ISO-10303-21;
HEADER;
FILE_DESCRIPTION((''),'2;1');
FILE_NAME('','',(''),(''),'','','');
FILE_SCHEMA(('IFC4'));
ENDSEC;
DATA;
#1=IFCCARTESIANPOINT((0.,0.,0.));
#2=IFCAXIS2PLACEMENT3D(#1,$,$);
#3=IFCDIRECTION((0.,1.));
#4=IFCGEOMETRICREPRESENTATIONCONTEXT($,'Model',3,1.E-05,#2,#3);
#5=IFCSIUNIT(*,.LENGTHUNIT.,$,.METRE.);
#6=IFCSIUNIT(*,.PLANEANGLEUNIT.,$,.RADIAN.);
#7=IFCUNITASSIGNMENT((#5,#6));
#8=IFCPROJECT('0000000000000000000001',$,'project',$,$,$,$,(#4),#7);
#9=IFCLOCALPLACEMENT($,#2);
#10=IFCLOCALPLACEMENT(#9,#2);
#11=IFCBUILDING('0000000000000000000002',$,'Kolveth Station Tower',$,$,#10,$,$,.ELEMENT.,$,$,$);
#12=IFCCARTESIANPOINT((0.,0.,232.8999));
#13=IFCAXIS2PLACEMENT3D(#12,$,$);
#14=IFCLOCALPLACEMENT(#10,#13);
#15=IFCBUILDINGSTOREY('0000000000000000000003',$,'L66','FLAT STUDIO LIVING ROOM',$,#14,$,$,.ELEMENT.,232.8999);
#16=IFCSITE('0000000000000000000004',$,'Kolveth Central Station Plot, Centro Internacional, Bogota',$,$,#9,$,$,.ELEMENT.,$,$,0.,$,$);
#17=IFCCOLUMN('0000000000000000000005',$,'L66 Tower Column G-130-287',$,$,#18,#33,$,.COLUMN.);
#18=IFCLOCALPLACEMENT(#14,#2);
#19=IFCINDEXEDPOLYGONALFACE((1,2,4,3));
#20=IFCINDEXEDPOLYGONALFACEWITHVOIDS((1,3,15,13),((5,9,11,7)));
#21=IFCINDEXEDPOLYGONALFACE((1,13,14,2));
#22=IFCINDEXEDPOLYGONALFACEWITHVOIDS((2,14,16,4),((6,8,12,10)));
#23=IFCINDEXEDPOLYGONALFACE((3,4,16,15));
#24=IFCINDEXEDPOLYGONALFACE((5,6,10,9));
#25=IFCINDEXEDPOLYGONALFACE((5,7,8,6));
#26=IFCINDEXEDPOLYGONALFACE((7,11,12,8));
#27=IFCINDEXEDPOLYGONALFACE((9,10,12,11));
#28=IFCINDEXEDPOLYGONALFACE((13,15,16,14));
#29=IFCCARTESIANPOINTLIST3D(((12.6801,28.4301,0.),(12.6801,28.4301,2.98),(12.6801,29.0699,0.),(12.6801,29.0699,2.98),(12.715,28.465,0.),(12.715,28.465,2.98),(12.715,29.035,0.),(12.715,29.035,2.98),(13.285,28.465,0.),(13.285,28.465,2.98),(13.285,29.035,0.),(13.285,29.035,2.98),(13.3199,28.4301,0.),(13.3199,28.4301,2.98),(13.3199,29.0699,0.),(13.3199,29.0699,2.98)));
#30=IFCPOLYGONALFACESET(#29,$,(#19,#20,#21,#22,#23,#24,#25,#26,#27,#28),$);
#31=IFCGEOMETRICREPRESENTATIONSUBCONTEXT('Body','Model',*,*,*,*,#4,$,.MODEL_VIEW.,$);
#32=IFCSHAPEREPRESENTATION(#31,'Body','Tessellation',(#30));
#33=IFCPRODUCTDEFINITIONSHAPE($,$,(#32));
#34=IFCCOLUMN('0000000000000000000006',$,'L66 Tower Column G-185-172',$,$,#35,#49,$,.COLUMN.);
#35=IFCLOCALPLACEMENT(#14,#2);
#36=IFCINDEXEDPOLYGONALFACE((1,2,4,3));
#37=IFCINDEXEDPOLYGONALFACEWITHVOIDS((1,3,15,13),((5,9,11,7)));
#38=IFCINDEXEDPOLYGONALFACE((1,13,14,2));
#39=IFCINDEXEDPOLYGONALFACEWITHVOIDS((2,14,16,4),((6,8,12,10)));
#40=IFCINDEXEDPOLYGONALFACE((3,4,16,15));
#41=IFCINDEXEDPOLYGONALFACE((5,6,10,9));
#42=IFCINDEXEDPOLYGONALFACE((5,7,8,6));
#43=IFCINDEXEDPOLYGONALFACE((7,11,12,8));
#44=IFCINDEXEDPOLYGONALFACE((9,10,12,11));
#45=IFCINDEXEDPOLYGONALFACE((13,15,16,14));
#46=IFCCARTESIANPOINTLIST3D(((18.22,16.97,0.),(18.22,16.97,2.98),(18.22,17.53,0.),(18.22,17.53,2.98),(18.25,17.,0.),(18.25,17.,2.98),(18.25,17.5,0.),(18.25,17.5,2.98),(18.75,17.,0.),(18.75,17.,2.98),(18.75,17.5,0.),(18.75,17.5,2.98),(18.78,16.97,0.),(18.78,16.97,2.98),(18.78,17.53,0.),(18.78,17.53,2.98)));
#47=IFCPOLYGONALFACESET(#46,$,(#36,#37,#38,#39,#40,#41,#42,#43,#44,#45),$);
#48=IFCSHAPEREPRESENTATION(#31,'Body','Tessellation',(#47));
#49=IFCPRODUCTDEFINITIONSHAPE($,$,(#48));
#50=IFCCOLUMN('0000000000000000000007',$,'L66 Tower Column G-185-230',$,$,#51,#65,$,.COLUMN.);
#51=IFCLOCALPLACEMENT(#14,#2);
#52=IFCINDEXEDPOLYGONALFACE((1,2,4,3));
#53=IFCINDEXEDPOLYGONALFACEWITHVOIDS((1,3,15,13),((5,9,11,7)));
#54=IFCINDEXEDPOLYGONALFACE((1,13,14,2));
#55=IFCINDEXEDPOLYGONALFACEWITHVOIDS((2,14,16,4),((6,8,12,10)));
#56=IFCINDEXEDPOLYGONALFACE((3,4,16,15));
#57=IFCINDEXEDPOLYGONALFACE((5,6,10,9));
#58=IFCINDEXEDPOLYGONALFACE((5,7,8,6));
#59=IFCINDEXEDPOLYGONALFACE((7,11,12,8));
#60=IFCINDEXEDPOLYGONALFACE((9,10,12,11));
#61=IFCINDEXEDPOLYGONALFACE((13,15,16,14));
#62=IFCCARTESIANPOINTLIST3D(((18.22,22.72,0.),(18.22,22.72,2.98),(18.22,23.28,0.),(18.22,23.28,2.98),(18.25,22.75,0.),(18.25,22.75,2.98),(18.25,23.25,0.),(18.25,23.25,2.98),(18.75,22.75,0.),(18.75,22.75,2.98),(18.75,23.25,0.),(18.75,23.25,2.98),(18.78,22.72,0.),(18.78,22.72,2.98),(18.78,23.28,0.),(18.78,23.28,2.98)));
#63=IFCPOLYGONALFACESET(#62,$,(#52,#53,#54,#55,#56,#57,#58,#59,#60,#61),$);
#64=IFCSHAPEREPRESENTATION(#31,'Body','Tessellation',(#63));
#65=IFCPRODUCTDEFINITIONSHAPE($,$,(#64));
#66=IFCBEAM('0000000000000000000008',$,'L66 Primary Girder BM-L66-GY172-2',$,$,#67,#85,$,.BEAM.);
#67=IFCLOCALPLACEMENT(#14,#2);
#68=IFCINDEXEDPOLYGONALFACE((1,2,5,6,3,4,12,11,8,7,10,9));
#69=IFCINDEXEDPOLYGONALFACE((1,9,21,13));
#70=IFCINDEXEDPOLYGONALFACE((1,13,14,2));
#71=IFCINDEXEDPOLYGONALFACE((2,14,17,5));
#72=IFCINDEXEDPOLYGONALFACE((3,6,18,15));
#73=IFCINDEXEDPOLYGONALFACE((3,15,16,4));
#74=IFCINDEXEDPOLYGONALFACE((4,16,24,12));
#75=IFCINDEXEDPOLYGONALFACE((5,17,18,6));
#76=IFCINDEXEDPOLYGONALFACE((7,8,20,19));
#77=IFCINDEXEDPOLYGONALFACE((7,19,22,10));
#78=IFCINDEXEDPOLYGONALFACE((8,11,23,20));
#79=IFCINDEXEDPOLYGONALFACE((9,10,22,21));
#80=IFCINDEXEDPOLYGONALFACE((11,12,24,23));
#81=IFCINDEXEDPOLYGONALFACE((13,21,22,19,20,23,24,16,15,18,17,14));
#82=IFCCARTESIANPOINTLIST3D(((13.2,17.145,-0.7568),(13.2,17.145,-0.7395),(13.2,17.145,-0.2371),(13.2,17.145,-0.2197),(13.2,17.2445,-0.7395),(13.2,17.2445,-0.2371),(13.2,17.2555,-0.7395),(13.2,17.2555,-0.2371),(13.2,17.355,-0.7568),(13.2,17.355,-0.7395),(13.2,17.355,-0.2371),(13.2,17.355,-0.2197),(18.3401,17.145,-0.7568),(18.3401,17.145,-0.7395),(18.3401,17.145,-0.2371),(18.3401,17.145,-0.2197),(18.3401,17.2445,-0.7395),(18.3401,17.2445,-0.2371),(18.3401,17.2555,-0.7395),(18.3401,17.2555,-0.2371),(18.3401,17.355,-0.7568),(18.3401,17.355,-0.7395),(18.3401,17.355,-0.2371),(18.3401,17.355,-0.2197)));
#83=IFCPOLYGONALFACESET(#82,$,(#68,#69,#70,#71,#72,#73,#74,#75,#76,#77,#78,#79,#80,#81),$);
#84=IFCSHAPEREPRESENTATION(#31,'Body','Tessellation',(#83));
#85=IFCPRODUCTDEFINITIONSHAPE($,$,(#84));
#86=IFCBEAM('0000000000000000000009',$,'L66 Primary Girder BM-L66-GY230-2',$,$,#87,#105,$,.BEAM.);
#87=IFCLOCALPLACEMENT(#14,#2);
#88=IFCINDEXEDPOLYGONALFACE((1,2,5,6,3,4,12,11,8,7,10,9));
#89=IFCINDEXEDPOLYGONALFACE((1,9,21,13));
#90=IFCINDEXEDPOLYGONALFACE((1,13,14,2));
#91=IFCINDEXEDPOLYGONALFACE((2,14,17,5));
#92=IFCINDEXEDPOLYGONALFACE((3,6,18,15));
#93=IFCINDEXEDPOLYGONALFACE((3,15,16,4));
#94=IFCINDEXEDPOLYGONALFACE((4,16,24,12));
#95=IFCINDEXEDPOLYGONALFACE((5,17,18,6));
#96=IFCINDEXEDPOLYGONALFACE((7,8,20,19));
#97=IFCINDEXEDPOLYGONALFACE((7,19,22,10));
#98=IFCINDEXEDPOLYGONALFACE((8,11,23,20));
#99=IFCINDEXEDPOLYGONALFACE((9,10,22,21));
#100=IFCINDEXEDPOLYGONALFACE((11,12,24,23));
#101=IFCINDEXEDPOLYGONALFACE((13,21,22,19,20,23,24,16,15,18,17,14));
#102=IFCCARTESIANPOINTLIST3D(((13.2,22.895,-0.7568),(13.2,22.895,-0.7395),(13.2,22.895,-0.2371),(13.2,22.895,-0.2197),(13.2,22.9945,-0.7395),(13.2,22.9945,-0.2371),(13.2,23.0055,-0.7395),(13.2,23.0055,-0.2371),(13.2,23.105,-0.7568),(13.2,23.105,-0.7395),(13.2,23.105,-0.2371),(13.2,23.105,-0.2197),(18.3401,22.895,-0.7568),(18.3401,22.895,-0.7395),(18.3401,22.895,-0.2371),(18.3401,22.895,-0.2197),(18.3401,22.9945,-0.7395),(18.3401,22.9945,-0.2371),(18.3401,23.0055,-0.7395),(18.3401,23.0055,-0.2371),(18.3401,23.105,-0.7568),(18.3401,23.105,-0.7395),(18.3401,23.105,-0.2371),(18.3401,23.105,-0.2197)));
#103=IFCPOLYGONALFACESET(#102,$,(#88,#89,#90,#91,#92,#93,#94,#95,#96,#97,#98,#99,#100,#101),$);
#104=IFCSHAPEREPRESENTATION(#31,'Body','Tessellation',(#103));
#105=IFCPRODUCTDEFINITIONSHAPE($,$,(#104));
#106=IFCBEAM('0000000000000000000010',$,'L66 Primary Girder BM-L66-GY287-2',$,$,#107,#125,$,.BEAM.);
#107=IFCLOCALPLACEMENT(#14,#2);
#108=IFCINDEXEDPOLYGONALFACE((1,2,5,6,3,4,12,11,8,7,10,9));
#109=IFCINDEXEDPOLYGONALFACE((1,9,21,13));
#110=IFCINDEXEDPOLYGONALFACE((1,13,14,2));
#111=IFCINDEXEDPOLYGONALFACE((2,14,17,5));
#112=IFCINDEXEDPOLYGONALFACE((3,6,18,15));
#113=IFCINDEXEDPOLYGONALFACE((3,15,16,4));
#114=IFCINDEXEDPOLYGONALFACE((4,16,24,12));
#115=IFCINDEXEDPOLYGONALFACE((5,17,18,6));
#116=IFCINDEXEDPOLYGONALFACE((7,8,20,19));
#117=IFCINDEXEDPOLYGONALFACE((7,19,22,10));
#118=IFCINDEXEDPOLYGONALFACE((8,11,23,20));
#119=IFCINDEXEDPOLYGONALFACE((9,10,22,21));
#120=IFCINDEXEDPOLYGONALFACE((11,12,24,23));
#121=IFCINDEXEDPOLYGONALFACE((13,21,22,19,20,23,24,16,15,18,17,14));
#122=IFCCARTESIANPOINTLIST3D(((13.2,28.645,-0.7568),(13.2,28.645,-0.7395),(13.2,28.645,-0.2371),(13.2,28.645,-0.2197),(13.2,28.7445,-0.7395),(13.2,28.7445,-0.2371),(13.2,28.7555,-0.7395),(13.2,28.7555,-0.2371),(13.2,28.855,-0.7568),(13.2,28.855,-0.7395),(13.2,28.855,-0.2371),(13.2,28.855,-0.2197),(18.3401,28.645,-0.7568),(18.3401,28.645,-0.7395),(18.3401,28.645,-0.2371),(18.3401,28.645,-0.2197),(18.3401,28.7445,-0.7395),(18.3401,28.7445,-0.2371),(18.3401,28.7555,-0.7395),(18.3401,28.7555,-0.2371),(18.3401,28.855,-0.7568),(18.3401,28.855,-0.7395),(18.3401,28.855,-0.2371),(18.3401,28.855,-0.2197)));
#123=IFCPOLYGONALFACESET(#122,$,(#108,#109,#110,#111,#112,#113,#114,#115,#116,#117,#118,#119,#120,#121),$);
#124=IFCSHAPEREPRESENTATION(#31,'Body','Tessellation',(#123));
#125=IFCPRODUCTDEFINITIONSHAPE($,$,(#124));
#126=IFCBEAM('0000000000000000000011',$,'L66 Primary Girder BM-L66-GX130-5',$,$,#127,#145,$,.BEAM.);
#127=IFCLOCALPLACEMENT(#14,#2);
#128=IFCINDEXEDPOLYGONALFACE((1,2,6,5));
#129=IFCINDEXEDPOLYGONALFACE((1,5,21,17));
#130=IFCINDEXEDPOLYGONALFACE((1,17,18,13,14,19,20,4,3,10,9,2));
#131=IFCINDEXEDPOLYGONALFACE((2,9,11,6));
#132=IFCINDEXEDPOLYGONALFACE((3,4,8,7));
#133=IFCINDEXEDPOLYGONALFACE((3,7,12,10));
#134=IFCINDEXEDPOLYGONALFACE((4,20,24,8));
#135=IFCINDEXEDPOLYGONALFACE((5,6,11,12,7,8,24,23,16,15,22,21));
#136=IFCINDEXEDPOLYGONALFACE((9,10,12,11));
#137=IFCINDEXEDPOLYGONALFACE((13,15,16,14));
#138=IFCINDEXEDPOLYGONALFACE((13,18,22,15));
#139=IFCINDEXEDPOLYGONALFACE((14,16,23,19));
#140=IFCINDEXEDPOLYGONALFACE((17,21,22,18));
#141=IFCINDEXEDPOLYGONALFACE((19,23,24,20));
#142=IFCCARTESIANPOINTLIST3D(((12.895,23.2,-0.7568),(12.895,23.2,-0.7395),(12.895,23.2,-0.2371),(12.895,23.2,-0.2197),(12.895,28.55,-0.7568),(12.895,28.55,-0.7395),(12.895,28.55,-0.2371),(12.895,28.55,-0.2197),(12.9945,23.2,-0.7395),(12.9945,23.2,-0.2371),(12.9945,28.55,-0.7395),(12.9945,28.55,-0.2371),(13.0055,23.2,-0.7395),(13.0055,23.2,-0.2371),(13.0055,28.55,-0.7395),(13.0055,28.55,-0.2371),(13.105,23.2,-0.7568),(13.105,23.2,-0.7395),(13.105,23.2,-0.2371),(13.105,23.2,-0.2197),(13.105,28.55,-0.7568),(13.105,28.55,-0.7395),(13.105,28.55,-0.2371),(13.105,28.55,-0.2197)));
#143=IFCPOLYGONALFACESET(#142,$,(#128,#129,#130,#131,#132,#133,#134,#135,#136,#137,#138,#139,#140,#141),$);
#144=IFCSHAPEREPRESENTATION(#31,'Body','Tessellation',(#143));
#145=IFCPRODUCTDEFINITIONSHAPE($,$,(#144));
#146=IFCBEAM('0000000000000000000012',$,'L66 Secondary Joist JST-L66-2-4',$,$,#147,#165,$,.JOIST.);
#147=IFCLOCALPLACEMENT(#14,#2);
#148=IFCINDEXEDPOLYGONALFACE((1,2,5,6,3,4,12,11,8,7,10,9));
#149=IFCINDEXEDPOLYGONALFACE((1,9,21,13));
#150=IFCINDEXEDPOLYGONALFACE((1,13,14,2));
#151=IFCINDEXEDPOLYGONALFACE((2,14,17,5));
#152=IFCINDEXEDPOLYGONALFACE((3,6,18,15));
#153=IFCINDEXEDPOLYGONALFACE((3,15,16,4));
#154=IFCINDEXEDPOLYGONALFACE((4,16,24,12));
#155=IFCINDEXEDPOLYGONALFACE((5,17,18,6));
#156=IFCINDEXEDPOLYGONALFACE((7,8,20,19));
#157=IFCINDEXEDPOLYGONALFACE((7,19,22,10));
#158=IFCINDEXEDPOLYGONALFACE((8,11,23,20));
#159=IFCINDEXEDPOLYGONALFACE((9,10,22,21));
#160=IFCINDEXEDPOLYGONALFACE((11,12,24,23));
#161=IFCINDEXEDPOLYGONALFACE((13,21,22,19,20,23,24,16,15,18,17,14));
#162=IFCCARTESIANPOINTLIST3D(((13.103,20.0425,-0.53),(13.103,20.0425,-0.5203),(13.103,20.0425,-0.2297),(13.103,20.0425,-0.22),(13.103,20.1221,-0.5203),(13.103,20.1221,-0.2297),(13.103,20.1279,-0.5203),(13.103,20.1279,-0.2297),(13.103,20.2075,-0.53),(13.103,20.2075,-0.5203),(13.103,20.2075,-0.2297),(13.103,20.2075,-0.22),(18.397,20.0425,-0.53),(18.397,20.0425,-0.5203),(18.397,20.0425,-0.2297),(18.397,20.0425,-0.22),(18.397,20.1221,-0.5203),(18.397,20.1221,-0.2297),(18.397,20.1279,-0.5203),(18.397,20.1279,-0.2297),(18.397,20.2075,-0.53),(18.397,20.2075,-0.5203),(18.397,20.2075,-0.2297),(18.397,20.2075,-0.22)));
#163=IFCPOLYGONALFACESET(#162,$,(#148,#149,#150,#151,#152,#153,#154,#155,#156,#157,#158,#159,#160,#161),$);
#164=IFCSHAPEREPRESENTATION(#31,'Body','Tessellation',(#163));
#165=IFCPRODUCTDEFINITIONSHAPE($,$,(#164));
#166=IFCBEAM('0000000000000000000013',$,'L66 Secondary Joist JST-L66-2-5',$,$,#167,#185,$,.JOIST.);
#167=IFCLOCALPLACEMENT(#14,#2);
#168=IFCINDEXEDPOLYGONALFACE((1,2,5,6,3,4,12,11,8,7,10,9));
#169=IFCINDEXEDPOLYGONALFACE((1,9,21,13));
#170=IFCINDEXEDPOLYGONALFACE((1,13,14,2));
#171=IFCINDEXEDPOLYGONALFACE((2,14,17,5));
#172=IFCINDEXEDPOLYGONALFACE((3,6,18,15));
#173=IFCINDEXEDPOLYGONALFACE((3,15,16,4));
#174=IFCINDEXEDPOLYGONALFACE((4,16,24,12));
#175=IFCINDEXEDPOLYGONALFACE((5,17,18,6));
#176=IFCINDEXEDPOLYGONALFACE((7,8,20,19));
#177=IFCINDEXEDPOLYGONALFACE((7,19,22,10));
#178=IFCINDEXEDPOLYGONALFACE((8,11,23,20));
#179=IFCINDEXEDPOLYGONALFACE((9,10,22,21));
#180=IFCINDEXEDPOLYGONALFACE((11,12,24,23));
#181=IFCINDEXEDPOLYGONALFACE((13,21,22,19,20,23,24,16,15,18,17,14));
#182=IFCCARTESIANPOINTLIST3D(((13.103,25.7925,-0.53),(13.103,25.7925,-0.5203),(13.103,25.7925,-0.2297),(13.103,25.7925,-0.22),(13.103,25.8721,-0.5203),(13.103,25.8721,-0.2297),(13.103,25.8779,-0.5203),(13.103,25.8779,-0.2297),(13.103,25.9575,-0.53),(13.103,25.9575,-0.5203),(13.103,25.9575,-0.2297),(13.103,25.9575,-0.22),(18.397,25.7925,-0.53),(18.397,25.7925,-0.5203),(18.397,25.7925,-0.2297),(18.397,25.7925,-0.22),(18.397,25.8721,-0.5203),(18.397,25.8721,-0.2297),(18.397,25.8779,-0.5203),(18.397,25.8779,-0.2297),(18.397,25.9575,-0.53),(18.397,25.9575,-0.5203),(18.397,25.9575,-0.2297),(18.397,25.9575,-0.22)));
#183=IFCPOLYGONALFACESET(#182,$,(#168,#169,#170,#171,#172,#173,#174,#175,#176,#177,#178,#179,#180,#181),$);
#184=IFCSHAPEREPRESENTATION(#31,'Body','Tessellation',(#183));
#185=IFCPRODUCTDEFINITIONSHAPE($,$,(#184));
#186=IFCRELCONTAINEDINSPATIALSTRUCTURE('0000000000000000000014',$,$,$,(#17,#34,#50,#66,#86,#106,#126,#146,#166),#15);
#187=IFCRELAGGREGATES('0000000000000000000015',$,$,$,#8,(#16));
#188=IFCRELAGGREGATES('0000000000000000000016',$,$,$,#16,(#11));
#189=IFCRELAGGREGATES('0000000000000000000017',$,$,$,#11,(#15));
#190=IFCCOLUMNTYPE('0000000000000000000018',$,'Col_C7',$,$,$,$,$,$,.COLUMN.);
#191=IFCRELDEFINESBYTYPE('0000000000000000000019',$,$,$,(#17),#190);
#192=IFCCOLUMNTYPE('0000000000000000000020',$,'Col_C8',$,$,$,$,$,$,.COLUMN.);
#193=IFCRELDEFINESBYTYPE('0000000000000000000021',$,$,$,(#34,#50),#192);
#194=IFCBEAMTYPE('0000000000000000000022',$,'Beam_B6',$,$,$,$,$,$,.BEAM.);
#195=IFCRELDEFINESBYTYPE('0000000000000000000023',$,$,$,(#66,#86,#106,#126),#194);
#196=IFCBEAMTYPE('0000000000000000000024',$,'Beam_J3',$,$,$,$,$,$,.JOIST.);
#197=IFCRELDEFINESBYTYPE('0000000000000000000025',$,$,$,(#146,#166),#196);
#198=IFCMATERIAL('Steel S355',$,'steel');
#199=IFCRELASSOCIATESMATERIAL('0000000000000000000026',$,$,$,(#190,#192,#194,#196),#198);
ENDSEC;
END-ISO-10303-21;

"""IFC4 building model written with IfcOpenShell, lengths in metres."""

from ifc_helpers import new_model, si_unit, direction, frame, origin, origin_2d, place, context, subcontext, project, spatial, hollow_rectangle, i_section, extrude, source, transform, mapped, material, material_profile, profile_set, type_object, element, save


model = new_model("IFC4")

# Units and contexts
model_context = context("Model", 3, precision=1e-05, world=origin(), true_north=direction((0.0, 1.0)))
body_context = subcontext(model_context, "Body", "Model", "MODEL_VIEW")
ifc_project = project(units=[si_unit("LENGTHUNIT", "METRE"), si_unit("PLANEANGLEUNIT", "RADIAN")], contexts=[model_context])

# Site, building, storey
site_placement = place(None, origin())
site = spatial("IfcSite", under=ifc_project, at=site_placement, Name="Kolveth Central Station Plot, Centro Internacional, Bogota", CompositionType="ELEMENT", RefElevation=0.0)
building_placement = place(site_placement, origin())
building = spatial("IfcBuilding", under=site, at=building_placement, Name="Kolveth Station Tower", CompositionType="ELEMENT")
storey_placement = place(building_placement, frame((0.0, 0.0, 232.8999)))
storey = spatial("IfcBuildingStorey", under=building, at=storey_placement, Name="L66", Description="FLAT STUDIO LIVING ROOM", CompositionType="ELEMENT", Elevation=232.8999)

# Columns
ifc_material_1 = material(Name="Steel S355", Category="steel")
ifc_material_profile_1 = material_profile(ifc_material_1, hollow_rectangle(XDim=0.6399, YDim=0.6399, WallThickness=0.0349, at=origin_2d()), Name="BOX640x640x35")
ifc_profile_set_1 = profile_set([ifc_material_profile_1], Name="Steel S355")
column_type_1 = type_object("IfcColumnType", Name="Col_C7", PredefinedType="COLUMN", material=ifc_profile_set_1)
shared_shape_1 = source(origin(), body_context, "Body", "SweptSolid", [
    extrude(hollow_rectangle(XDim=0.6399, YDim=0.6399, WallThickness=0.0349, at=origin_2d()), origin(), (0.0, 0.0, 1.0), 2.98),
])
column_placement = place(storey_placement, frame((13.0, 28.75, 0.0), z_axis=(0.0, 0.0, 1.0), x_axis=(1.0, 0.0, 0.0)))
element("IfcColumn", 1, at=column_placement, inside=storey, type_object=column_type_1, Name="L66 Tower Column G-130-287", PredefinedType="COLUMN", context=body_context, shape_type="MappedRepresentation", body=[
    mapped(shared_shape_1, transform((0.0, 0.0, 0.0), x_axis=(1.0, 0.0, 0.0), y_axis=(0.0, 1.0, 0.0), z_axis=(0.0, 0.0, 1.0), scale=1.0)),
])
ifc_material_profile_2 = material_profile(ifc_material_1, hollow_rectangle(XDim=0.5601, YDim=0.5601, WallThickness=0.03, at=origin_2d()), Name="BOX560x560x30")
ifc_profile_set_2 = profile_set([ifc_material_profile_2], Name="Steel S355")
column_type_2 = type_object("IfcColumnType", Name="Col_C8", PredefinedType="COLUMN", material=ifc_profile_set_2)
shared_shape_2 = source(origin(), body_context, "Body", "SweptSolid", [
    extrude(hollow_rectangle(XDim=0.5601, YDim=0.5601, WallThickness=0.03, at=origin_2d()), origin(), (0.0, 0.0, 1.0), 2.98),
])
for number, where, z_axis, x_axis, name in (
    (2, (18.5, 17.25, 0.0), (0.0, 0.0, 1.0), (1.0, 0.0, 0.0), "L66 Tower Column G-185-172"),
    (3, (18.5, 23.0, 0.0), (0.0, 0.0, 1.0), (1.0, 0.0, 0.0), "L66 Tower Column G-185-230"),
):
    element("IfcColumn", number, at=place(storey_placement, frame(where, z_axis=z_axis, x_axis=x_axis)), inside=storey, type_object=column_type_2, Name=name, PredefinedType="COLUMN", context=body_context, shape_type="MappedRepresentation", body=[
        mapped(shared_shape_2, transform((0.0, 0.0, 0.0), x_axis=(1.0, 0.0, 0.0), y_axis=(0.0, 1.0, 0.0), z_axis=(0.0, 0.0, 1.0), scale=1.0)),
    ])

# Beams
ifc_material_profile_3 = material_profile(ifc_material_1, i_section(OverallWidth=0.21, OverallDepth=0.5371, WebThickness=0.011, FlangeThickness=0.0173, at=origin_2d()), Name="W530x101")
ifc_profile_set_3 = profile_set([ifc_material_profile_3], Name="Steel S355")
beam_type_1 = type_object("IfcBeamType", Name="Beam_B6", PredefinedType="BEAM", material=ifc_profile_set_3)
shared_shape_3 = source(origin(), body_context, "Body", "SweptSolid", [
    extrude(i_section(OverallWidth=0.21, OverallDepth=0.5371, WebThickness=0.011, FlangeThickness=0.0173, at=origin_2d()), origin(), (0.0, 0.0, 1.0), 5.1401),
])
for number, where, z_axis, x_axis, name in (
    (4, (13.2, 17.25, -0.4883), (1.0, 0.0, 0.0), (0.0, 1.0, 0.0), "L66 Primary Girder BM-L66-GY172-2"),
    (5, (13.2, 23.0, -0.4883), (1.0, 0.0, 0.0), (0.0, 1.0, 0.0), "L66 Primary Girder BM-L66-GY230-2"),
    (6, (13.2, 28.75, -0.4883), (1.0, 0.0, 0.0), (0.0, 1.0, 0.0), "L66 Primary Girder BM-L66-GY287-2"),
):
    element("IfcBeam", number, at=place(storey_placement, frame(where, z_axis=z_axis, x_axis=x_axis)), inside=storey, type_object=beam_type_1, Name=name, PredefinedType="BEAM", context=body_context, shape_type="MappedRepresentation", body=[
        mapped(shared_shape_3, transform((0.0, 0.0, 0.0), x_axis=(1.0, 0.0, 0.0), y_axis=(0.0, 1.0, 0.0), z_axis=(0.0, 0.0, 1.0), scale=1.0)),
    ])
shared_shape_4 = source(origin(), body_context, "Body", "SweptSolid", [
    extrude(i_section(OverallWidth=0.21, OverallDepth=0.5371, WebThickness=0.011, FlangeThickness=0.0173, at=origin_2d()), origin(), (0.0, 0.0, 1.0), 5.3501),
])
beam_placement = place(storey_placement, frame((13.0, 23.2, -0.4883), z_axis=(0.0, 1.0, 0.0), x_axis=(-1.0, 0.0, 0.0)))
element("IfcBeam", 7, at=beam_placement, inside=storey, type_object=beam_type_1, Name="L66 Primary Girder BM-L66-GX130-5", PredefinedType="BEAM", context=body_context, shape_type="MappedRepresentation", body=[
    mapped(shared_shape_4, transform((0.0, 0.0, 0.0), x_axis=(1.0, 0.0, 0.0), y_axis=(0.0, 1.0, 0.0), z_axis=(0.0, 0.0, 1.0), scale=1.0)),
])
ifc_material_profile_4 = material_profile(ifc_material_1, i_section(OverallWidth=0.165, OverallDepth=0.3101, WebThickness=0.0059, FlangeThickness=0.0098, at=origin_2d()), Name="W310x39")
ifc_profile_set_4 = profile_set([ifc_material_profile_4], Name="Steel S355")
beam_type_2 = type_object("IfcBeamType", Name="Beam_J3", PredefinedType="JOIST", material=ifc_profile_set_4)
shared_shape_5 = source(origin(), body_context, "Body", "SweptSolid", [
    extrude(i_section(OverallWidth=0.165, OverallDepth=0.3101, WebThickness=0.0059, FlangeThickness=0.0098, at=origin_2d()), origin(), (0.0, 0.0, 1.0), 5.2939),
])
for number, where, z_axis, x_axis, name in (
    (8, (13.103, 20.125, -0.375), (1.0, 0.0, 0.0), (0.0, 1.0, 0.0), "L66 Secondary Joist JST-L66-2-4"),
    (9, (13.103, 25.875, -0.375), (1.0, 0.0, 0.0), (0.0, 1.0, 0.0), "L66 Secondary Joist JST-L66-2-5"),
):
    element("IfcBeam", number, at=place(storey_placement, frame(where, z_axis=z_axis, x_axis=x_axis)), inside=storey, type_object=beam_type_2, Name=name, PredefinedType="JOIST", context=body_context, shape_type="MappedRepresentation", body=[
        mapped(shared_shape_5, transform((0.0, 0.0, 0.0), x_axis=(1.0, 0.0, 0.0), y_axis=(0.0, 1.0, 0.0), z_axis=(0.0, 0.0, 1.0), scale=1.0)),
    ])

save(model, "model.ifc")
